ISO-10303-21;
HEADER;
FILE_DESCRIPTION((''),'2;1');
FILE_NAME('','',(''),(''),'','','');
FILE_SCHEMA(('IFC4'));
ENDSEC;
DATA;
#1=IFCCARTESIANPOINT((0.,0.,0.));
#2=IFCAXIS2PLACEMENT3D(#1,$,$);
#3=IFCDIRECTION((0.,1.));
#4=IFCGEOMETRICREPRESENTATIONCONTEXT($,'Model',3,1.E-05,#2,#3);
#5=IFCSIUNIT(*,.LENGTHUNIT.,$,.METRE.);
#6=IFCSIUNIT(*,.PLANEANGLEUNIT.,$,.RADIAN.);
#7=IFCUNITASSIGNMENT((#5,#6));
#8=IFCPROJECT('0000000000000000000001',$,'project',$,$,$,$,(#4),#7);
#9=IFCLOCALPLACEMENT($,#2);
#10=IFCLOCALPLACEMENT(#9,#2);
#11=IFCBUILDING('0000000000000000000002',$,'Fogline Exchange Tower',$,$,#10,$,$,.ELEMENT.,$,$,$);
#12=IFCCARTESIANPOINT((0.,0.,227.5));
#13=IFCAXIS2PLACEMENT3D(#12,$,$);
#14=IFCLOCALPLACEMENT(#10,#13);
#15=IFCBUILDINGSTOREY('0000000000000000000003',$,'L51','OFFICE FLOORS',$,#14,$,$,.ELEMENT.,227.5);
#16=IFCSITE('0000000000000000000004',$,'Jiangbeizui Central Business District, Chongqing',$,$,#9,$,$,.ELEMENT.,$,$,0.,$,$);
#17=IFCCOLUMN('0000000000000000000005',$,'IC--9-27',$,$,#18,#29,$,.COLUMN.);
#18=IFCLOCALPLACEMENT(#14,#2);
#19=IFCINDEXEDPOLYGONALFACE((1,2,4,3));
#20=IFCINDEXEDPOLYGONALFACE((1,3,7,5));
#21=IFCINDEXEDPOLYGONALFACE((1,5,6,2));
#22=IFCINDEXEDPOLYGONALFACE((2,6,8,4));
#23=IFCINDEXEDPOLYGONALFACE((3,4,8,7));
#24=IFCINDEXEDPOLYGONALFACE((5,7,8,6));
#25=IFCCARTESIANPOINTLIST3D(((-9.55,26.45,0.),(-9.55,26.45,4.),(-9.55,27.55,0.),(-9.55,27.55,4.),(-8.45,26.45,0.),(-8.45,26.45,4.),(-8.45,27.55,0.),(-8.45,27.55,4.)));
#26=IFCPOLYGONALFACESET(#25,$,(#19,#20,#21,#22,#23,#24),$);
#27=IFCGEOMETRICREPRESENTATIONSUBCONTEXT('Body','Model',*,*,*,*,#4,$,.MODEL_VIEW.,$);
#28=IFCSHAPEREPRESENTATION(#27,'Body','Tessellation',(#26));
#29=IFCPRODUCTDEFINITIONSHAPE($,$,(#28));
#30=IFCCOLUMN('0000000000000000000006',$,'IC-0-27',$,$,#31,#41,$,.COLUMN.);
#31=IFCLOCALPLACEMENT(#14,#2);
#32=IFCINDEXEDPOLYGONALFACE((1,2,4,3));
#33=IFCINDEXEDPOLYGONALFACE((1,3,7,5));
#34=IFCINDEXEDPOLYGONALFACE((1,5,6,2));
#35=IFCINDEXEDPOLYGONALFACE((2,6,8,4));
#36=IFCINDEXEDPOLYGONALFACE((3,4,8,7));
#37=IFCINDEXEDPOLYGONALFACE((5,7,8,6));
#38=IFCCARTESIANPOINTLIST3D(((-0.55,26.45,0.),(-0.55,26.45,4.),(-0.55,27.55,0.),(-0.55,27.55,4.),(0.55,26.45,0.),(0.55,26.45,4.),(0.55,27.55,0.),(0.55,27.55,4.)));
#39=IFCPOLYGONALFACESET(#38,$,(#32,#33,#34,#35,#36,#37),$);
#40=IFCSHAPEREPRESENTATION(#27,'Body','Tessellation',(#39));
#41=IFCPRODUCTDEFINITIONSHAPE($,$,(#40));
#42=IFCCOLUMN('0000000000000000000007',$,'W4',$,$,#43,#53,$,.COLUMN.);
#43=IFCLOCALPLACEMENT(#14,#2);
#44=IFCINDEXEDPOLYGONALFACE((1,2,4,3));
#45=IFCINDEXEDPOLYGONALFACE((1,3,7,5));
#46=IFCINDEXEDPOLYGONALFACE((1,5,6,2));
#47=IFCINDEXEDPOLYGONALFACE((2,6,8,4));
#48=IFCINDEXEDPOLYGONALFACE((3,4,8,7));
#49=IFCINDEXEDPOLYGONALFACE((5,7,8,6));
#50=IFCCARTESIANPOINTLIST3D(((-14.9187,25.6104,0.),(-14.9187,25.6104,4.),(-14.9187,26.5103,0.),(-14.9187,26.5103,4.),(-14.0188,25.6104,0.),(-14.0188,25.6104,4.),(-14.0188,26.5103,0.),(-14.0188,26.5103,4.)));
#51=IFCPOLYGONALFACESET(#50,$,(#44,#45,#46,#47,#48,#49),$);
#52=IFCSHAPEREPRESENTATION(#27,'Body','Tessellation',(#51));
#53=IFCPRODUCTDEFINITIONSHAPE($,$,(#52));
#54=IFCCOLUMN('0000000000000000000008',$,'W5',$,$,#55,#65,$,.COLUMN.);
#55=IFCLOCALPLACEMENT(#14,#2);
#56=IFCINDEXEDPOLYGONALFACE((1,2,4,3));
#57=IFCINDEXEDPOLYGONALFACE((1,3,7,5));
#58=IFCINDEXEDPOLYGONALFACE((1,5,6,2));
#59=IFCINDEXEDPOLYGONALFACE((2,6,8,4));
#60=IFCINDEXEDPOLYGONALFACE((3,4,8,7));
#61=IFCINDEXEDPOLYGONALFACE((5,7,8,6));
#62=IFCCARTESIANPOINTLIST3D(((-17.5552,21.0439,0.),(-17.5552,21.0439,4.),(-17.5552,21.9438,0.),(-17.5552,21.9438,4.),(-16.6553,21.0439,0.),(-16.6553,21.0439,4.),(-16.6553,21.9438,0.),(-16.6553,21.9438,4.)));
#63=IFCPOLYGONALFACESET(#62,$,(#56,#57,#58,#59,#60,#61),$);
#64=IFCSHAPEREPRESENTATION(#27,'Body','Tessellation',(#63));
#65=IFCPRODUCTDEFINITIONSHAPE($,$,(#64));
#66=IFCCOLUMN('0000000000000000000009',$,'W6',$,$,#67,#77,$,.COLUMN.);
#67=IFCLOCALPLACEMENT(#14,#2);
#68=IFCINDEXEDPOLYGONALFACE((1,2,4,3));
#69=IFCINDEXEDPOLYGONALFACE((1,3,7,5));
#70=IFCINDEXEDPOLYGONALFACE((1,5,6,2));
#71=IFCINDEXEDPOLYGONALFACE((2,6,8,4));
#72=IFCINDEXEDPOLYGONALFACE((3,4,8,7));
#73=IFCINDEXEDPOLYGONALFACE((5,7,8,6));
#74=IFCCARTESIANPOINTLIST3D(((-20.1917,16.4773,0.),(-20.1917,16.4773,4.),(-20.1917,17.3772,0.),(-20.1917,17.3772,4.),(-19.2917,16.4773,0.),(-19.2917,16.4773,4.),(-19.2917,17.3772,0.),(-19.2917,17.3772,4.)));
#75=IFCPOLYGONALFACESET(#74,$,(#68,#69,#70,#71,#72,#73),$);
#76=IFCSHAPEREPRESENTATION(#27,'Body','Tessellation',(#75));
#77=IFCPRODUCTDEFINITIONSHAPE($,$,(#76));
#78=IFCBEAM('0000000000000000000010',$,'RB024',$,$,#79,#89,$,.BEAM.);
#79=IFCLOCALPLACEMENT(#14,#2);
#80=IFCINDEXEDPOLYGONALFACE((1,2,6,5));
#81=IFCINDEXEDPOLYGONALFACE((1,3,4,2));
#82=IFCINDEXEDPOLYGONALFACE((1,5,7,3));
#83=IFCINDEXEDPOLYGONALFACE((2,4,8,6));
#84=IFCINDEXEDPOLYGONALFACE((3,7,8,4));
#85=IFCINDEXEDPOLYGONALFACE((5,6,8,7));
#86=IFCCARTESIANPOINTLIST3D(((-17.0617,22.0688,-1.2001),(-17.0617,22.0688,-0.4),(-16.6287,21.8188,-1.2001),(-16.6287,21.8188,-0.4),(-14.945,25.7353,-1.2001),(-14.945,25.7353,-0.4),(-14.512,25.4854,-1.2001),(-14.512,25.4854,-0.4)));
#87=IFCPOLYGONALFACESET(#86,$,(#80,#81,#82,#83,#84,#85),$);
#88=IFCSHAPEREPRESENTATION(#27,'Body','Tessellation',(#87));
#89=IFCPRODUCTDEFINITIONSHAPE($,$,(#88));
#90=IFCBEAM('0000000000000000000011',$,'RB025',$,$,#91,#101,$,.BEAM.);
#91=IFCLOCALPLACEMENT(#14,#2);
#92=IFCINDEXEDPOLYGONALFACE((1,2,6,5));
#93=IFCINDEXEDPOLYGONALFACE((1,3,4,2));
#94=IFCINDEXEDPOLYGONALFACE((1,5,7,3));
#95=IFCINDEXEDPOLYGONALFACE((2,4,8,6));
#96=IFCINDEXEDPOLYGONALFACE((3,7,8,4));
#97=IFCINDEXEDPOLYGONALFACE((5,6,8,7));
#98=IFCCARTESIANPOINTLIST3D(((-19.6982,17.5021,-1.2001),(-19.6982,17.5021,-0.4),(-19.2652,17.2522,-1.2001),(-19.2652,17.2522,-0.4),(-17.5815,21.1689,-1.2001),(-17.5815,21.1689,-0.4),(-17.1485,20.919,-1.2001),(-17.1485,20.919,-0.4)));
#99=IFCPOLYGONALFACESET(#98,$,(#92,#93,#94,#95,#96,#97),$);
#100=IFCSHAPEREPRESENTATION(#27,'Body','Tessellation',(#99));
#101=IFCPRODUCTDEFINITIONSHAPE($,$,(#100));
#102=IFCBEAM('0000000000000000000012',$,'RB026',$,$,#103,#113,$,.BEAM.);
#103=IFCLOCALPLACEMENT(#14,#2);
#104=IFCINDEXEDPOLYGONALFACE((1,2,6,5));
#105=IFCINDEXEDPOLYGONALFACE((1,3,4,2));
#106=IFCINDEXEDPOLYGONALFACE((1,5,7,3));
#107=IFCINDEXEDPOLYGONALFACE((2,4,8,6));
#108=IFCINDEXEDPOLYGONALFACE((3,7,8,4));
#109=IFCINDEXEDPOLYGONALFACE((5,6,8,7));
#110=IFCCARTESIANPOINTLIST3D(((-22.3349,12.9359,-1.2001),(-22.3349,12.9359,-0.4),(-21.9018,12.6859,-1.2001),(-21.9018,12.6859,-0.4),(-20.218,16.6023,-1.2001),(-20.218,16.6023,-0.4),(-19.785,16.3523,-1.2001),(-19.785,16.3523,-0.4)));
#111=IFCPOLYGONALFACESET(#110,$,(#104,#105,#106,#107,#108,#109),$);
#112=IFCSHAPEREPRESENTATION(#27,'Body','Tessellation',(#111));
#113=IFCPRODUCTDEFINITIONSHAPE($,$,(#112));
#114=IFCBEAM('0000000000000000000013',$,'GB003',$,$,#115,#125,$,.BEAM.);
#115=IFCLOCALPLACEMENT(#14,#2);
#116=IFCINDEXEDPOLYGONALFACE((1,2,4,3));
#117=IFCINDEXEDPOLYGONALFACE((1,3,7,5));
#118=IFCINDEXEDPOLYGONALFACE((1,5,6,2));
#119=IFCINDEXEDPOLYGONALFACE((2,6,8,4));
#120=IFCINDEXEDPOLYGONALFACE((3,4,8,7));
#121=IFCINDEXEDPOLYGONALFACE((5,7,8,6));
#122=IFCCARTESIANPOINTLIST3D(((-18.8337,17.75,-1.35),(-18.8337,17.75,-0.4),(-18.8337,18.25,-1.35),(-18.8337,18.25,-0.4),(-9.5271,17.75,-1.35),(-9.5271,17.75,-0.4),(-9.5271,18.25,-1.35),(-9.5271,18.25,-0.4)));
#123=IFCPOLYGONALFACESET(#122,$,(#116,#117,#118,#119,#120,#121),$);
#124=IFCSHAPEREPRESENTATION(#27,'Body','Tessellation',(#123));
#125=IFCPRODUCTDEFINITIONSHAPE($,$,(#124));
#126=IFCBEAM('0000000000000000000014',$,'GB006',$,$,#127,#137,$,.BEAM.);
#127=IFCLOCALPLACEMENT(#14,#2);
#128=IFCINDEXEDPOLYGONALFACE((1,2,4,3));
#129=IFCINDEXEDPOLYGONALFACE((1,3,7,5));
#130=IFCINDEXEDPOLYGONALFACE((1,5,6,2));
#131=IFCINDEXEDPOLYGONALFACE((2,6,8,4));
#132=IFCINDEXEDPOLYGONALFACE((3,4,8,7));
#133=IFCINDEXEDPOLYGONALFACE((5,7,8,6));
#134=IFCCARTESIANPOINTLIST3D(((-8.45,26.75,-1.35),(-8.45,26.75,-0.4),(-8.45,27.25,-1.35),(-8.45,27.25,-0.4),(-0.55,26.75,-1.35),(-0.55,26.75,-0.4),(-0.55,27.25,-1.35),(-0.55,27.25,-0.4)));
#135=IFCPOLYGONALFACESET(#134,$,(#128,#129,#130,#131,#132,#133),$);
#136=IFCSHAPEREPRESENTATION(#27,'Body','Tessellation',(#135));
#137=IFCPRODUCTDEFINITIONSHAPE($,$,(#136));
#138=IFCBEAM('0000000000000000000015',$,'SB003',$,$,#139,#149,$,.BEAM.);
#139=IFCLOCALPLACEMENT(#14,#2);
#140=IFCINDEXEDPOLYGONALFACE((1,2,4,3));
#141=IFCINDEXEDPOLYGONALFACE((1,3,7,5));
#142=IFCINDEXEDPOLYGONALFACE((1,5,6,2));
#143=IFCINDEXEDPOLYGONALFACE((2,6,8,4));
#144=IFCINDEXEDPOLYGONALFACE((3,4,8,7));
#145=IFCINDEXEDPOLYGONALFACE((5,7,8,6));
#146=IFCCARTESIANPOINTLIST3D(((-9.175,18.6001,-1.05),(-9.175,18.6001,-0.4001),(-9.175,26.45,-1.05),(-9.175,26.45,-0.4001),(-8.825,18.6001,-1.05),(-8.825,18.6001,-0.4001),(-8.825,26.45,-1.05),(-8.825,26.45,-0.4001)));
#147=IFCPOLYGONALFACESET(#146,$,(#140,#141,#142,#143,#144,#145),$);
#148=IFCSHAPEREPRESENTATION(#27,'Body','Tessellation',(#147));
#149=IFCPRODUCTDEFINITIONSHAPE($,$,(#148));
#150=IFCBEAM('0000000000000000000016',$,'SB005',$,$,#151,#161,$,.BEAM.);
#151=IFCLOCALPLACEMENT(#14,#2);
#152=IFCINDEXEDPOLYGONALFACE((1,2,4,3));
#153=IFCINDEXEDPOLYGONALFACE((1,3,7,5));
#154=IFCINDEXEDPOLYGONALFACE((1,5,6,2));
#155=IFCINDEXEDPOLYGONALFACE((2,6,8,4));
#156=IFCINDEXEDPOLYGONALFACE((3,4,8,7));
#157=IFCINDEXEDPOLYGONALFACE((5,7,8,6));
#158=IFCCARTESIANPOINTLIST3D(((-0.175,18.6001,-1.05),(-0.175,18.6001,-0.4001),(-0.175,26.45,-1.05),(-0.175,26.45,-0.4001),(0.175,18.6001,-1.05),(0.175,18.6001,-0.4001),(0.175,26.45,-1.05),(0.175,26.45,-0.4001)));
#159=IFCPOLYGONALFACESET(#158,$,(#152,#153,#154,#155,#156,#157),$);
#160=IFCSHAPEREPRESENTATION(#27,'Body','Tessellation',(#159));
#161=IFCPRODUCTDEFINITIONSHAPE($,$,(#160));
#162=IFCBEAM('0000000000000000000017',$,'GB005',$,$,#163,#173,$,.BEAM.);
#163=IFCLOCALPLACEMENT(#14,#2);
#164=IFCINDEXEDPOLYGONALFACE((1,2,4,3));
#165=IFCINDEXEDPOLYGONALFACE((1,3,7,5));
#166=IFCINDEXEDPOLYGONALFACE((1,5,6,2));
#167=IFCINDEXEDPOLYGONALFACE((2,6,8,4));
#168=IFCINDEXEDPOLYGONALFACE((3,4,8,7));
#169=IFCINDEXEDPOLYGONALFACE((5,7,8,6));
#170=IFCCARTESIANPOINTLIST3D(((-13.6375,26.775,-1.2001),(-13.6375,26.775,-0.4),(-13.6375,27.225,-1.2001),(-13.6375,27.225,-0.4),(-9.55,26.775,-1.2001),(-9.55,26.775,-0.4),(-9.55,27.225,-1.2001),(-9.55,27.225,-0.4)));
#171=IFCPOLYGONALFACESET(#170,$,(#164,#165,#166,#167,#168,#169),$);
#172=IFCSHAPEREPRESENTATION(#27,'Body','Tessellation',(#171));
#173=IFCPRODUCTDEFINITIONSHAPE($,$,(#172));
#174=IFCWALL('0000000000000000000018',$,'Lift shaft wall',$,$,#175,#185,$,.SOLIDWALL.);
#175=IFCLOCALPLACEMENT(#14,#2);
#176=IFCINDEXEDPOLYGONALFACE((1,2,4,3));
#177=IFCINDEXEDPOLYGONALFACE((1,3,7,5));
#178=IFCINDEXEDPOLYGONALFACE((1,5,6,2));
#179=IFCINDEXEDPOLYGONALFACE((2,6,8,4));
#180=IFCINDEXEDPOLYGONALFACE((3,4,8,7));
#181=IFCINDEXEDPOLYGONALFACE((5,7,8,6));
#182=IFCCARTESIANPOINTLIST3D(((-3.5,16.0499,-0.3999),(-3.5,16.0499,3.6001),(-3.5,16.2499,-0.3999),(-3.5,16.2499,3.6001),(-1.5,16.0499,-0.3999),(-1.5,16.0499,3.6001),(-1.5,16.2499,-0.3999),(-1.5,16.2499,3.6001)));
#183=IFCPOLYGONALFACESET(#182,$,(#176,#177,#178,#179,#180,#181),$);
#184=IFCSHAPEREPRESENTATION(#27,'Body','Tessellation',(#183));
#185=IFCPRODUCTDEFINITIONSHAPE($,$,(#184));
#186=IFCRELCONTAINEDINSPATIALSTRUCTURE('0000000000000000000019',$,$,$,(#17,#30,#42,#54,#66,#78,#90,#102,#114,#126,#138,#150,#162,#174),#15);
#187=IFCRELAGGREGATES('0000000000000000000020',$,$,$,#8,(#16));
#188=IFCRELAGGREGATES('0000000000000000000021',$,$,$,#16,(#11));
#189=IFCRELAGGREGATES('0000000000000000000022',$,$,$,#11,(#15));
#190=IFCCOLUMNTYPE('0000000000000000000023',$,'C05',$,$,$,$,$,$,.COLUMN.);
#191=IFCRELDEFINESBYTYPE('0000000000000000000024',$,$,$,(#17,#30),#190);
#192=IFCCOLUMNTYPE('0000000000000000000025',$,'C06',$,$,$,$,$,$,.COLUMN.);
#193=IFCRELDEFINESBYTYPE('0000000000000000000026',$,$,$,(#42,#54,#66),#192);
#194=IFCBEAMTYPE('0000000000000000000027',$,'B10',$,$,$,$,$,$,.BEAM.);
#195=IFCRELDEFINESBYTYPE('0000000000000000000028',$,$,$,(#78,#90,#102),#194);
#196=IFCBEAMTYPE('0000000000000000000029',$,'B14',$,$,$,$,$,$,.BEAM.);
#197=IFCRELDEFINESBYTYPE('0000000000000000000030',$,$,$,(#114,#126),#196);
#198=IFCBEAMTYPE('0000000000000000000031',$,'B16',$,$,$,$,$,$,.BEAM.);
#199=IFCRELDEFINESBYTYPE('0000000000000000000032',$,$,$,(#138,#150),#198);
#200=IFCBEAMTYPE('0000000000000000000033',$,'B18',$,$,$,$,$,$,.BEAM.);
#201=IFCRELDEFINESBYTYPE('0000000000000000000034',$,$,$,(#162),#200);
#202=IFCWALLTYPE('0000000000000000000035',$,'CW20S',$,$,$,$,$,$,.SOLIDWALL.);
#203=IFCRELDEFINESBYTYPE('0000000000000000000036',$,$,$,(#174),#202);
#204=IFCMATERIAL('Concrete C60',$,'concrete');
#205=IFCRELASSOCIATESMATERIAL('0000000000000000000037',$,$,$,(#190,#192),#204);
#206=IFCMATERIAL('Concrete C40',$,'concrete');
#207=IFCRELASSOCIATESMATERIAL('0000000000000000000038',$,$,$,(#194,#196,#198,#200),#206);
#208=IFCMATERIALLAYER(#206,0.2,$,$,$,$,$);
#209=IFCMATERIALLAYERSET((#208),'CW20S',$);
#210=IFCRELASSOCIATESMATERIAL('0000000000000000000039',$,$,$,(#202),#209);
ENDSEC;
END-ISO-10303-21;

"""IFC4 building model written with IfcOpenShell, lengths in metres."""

from ifc_helpers import new_model, si_unit, direction, frame, frame_2d, origin, origin_2d, place, context, subcontext, project, spatial, rectangle, extrude, material, layer, layer_set, material_profile, profile_set, type_object, element, save


model = new_model("IFC4")

# Units and contexts
model_context = context("Model", 3, precision=1e-05, world=origin(), true_north=direction((0.0, 1.0)))
body_context = subcontext(model_context, "Body", "Model", "MODEL_VIEW")
ifc_project = project(units=[si_unit("LENGTHUNIT", "METRE"), si_unit("PLANEANGLEUNIT", "RADIAN")], contexts=[model_context])

# Site, building, storey
site_placement = place(None, origin())
site = spatial("IfcSite", under=ifc_project, at=site_placement, Name="Jiangbeizui Central Business District, Chongqing", CompositionType="ELEMENT", RefElevation=0.0)
building_placement = place(site_placement, origin())
building = spatial("IfcBuilding", under=site, at=building_placement, Name="Fogline Exchange Tower", CompositionType="ELEMENT")
storey_placement = place(building_placement, frame((0.0, 0.0, 227.5)))
storey = spatial("IfcBuildingStorey", under=building, at=storey_placement, Name="L51", Description="OFFICE FLOORS", CompositionType="ELEMENT", Elevation=227.5)

# Columns
ifc_material_1 = material(Name="Concrete C60", Category="concrete")
ifc_material_profile_1 = material_profile(ifc_material_1, rectangle(XDim=1.1001, YDim=1.1001, at=origin_2d()), Name="RC 1100x1100")
ifc_profile_set_1 = profile_set([ifc_material_profile_1], Name="Concrete C60")
column_type_1 = type_object("IfcColumnType", Name="C05", PredefinedType="COLUMN", material=ifc_profile_set_1)
for number, where, z_axis, x_axis, name in (
    (1, (-9.0, 27.0, 0.0), (0.0, 0.0, 1.0), (1.0, 0.0, 0.0), "IC--9-27"),
    (2, (0.0, 27.0, 0.0), (0.0, 0.0, 1.0), (1.0, 0.0, 0.0), "IC-0-27"),
):
    element("IfcColumn", number, at=place(storey_placement, frame(where, z_axis=z_axis, x_axis=x_axis)), inside=storey, type_object=column_type_1, Name=name, PredefinedType="COLUMN", context=body_context, shape_type="SweptSolid", body=[
        extrude(rectangle(XDim=1.1001, YDim=1.1001, at=origin_2d()), origin(), (0.0, 0.0, 1.0), 4.0),
    ])
ifc_material_profile_2 = material_profile(ifc_material_1, rectangle(XDim=0.8999, YDim=0.8999, at=origin_2d()), Name="RC 900x900")
ifc_profile_set_2 = profile_set([ifc_material_profile_2], Name="Concrete C60")
column_type_2 = type_object("IfcColumnType", Name="C06", PredefinedType="COLUMN", material=ifc_profile_set_2)
for number, where, z_axis, x_axis, name in (
    (3, (-14.4688, 26.0603, 0.0), (0.0, 0.0, 1.0), (1.0, 0.0, 0.0), "W4"),
    (4, (-17.1052, 21.4939, 0.0), (0.0, 0.0, 1.0), (1.0, 0.0, 0.0), "W5"),
    (5, (-19.7417, 16.9272, 0.0), (0.0, 0.0, 1.0), (1.0, 0.0, 0.0), "W6"),
):
    element("IfcColumn", number, at=place(storey_placement, frame(where, z_axis=z_axis, x_axis=x_axis)), inside=storey, type_object=column_type_2, Name=name, PredefinedType="COLUMN", context=body_context, shape_type="SweptSolid", body=[
        extrude(rectangle(XDim=0.8999, YDim=0.8999, at=origin_2d()), origin(), (0.0, 0.0, 1.0), 4.0),
    ])

# Beams
ifc_material_2 = material(Name="Concrete C40", Category="concrete")
ifc_material_profile_3 = material_profile(ifc_material_2, rectangle(XDim=0.5, YDim=0.8, at=origin_2d()), Name="RC 500x800")
ifc_profile_set_3 = profile_set([ifc_material_profile_3], Name="Concrete C40")
beam_type_1 = type_object("IfcBeamType", Name="B10", PredefinedType="BEAM", material=ifc_profile_set_3)
beam_1_placement = place(storey_placement, frame((-14.7285, 25.6104, -0.8), z_axis=(-0.499972, -0.866042, 0.0), x_axis=(0.866042, -0.499972, 0.0)))
element("IfcBeam", 6, at=beam_1_placement, inside=storey, type_object=beam_type_1, Name="RB024", PredefinedType="BEAM", context=body_context, shape_type="SweptSolid", body=[
    extrude(rectangle(XDim=0.5, YDim=0.8, at=origin_2d()), origin(), (0.0, 0.0, 1.0), 4.2336),
])
beam_2_placement = place(storey_placement, frame((-17.365, 21.0439, -0.8), z_axis=(-0.499947, -0.866056, 0.0), x_axis=(0.866056, -0.499947, 0.0)))
element("IfcBeam", 7, at=beam_2_placement, inside=storey, type_object=beam_type_1, Name="RB025", PredefinedType="BEAM", context=body_context, shape_type="SweptSolid", body=[
    extrude(rectangle(XDim=0.5, YDim=0.8, at=origin_2d()), origin(), (0.0, 0.0, 1.0), 4.2339),
])
beam_3_placement = place(storey_placement, frame((-20.0015, 16.4773, -0.8), z_axis=(-0.500015, -0.866017, 0.0), x_axis=(0.866017, -0.500015, 0.0)))
element("IfcBeam", 8, at=beam_3_placement, inside=storey, type_object=beam_type_1, Name="RB026", PredefinedType="BEAM", context=body_context, shape_type="SweptSolid", body=[
    extrude(rectangle(XDim=0.5, YDim=0.8, at=origin_2d()), origin(), (0.0, 0.0, 1.0), 4.2336),
])
ifc_material_profile_4 = material_profile(ifc_material_2, rectangle(XDim=0.5, YDim=0.95, at=origin_2d()), Name="RC 500x950")
ifc_profile_set_4 = profile_set([ifc_material_profile_4], Name="Concrete C40")
beam_type_2 = type_object("IfcBeamType", Name="B14", PredefinedType="BEAM", material=ifc_profile_set_4)
beam_4_placement = place(storey_placement, frame((-18.8337, 18.0, -0.875), z_axis=(1.0, 0.0, 0.0), x_axis=(0.0, 1.0, 0.0)))
element("IfcBeam", 9, at=beam_4_placement, inside=storey, type_object=beam_type_2, Name="GB003", PredefinedType="BEAM", context=body_context, shape_type="SweptSolid", body=[
    extrude(rectangle(XDim=0.5, YDim=0.95, at=origin_2d()), origin(), (0.0, 0.0, 1.0), 9.3066),
])
beam_5_placement = place(storey_placement, frame((-8.45, 27.0, -0.875), z_axis=(1.0, 0.0, 0.0), x_axis=(0.0, 1.0, 0.0)))
element("IfcBeam", 10, at=beam_5_placement, inside=storey, type_object=beam_type_2, Name="GB006", PredefinedType="BEAM", context=body_context, shape_type="SweptSolid", body=[
    extrude(rectangle(XDim=0.5, YDim=0.95, at=origin_2d()), origin(), (0.0, 0.0, 1.0), 7.8999),
])
ifc_material_profile_5 = material_profile(ifc_material_2, rectangle(XDim=0.3501, YDim=0.6499, at=origin_2d()), Name="RC 350x650")
ifc_profile_set_5 = profile_set([ifc_material_profile_5], Name="Concrete C40")
beam_type_3 = type_object("IfcBeamType", Name="B16", PredefinedType="BEAM", material=ifc_profile_set_5)
for number, where, z_axis, x_axis, name in (
    (11, (-9.0, 18.6001, -0.7251), (0.0, 1.0, 0.0), (-1.0, 0.0, 0.0), "SB003"),
    (12, (0.0, 18.6001, -0.7251), (0.0, 1.0, 0.0), (-1.0, 0.0, 0.0), "SB005"),
):
    element("IfcBeam", number, at=place(storey_placement, frame(where, z_axis=z_axis, x_axis=x_axis)), inside=storey, type_object=beam_type_3, Name=name, PredefinedType="BEAM", context=body_context, shape_type="SweptSolid", body=[
        extrude(rectangle(XDim=0.3501, YDim=0.6499, at=origin_2d()), origin(), (0.0, 0.0, 1.0), 7.8499),
    ])
ifc_material_profile_6 = material_profile(ifc_material_2, rectangle(XDim=0.45, YDim=0.8, at=origin_2d()), Name="RC 450x800")
ifc_profile_set_6 = profile_set([ifc_material_profile_6], Name="Concrete C40")
beam_type_4 = type_object("IfcBeamType", Name="B18", PredefinedType="BEAM", material=ifc_profile_set_6)
beam_6_placement = place(storey_placement, frame((-13.6375, 27.0, -0.8), z_axis=(1.0, 0.0, 0.0), x_axis=(0.0, 1.0, 0.0)))
element("IfcBeam", 13, at=beam_6_placement, inside=storey, type_object=beam_type_4, Name="GB005", PredefinedType="BEAM", context=body_context, shape_type="SweptSolid", body=[
    extrude(rectangle(XDim=0.45, YDim=0.8, at=origin_2d()), origin(), (0.0, 0.0, 1.0), 4.0874),
])

# Wall
ifc_layer_1 = layer(ifc_material_2, 0.2)
ifc_layer_set_1 = layer_set([ifc_layer_1], Name="CW20S")
wall_type_1 = type_object("IfcWallType", Name="CW20S", PredefinedType="SOLIDWALL", material=ifc_layer_set_1)
wall_1_placement = place(storey_placement, frame((-3.5, 16.1499, -0.3999), z_axis=(0.0, 0.0, 1.0), x_axis=(1.0, 0.0, 0.0)))
element("IfcWall", 14, at=wall_1_placement, inside=storey, type_object=wall_type_1, Name="Lift shaft wall", PredefinedType="SOLIDWALL", context=body_context, shape_type="SweptSolid", body=[
    extrude(rectangle(XDim=2.0, YDim=0.2, at=frame_2d((1.0, 0.0))), origin(), (0.0, 0.0, 1.0), 4.0),
])

save(model, "model.ifc")
